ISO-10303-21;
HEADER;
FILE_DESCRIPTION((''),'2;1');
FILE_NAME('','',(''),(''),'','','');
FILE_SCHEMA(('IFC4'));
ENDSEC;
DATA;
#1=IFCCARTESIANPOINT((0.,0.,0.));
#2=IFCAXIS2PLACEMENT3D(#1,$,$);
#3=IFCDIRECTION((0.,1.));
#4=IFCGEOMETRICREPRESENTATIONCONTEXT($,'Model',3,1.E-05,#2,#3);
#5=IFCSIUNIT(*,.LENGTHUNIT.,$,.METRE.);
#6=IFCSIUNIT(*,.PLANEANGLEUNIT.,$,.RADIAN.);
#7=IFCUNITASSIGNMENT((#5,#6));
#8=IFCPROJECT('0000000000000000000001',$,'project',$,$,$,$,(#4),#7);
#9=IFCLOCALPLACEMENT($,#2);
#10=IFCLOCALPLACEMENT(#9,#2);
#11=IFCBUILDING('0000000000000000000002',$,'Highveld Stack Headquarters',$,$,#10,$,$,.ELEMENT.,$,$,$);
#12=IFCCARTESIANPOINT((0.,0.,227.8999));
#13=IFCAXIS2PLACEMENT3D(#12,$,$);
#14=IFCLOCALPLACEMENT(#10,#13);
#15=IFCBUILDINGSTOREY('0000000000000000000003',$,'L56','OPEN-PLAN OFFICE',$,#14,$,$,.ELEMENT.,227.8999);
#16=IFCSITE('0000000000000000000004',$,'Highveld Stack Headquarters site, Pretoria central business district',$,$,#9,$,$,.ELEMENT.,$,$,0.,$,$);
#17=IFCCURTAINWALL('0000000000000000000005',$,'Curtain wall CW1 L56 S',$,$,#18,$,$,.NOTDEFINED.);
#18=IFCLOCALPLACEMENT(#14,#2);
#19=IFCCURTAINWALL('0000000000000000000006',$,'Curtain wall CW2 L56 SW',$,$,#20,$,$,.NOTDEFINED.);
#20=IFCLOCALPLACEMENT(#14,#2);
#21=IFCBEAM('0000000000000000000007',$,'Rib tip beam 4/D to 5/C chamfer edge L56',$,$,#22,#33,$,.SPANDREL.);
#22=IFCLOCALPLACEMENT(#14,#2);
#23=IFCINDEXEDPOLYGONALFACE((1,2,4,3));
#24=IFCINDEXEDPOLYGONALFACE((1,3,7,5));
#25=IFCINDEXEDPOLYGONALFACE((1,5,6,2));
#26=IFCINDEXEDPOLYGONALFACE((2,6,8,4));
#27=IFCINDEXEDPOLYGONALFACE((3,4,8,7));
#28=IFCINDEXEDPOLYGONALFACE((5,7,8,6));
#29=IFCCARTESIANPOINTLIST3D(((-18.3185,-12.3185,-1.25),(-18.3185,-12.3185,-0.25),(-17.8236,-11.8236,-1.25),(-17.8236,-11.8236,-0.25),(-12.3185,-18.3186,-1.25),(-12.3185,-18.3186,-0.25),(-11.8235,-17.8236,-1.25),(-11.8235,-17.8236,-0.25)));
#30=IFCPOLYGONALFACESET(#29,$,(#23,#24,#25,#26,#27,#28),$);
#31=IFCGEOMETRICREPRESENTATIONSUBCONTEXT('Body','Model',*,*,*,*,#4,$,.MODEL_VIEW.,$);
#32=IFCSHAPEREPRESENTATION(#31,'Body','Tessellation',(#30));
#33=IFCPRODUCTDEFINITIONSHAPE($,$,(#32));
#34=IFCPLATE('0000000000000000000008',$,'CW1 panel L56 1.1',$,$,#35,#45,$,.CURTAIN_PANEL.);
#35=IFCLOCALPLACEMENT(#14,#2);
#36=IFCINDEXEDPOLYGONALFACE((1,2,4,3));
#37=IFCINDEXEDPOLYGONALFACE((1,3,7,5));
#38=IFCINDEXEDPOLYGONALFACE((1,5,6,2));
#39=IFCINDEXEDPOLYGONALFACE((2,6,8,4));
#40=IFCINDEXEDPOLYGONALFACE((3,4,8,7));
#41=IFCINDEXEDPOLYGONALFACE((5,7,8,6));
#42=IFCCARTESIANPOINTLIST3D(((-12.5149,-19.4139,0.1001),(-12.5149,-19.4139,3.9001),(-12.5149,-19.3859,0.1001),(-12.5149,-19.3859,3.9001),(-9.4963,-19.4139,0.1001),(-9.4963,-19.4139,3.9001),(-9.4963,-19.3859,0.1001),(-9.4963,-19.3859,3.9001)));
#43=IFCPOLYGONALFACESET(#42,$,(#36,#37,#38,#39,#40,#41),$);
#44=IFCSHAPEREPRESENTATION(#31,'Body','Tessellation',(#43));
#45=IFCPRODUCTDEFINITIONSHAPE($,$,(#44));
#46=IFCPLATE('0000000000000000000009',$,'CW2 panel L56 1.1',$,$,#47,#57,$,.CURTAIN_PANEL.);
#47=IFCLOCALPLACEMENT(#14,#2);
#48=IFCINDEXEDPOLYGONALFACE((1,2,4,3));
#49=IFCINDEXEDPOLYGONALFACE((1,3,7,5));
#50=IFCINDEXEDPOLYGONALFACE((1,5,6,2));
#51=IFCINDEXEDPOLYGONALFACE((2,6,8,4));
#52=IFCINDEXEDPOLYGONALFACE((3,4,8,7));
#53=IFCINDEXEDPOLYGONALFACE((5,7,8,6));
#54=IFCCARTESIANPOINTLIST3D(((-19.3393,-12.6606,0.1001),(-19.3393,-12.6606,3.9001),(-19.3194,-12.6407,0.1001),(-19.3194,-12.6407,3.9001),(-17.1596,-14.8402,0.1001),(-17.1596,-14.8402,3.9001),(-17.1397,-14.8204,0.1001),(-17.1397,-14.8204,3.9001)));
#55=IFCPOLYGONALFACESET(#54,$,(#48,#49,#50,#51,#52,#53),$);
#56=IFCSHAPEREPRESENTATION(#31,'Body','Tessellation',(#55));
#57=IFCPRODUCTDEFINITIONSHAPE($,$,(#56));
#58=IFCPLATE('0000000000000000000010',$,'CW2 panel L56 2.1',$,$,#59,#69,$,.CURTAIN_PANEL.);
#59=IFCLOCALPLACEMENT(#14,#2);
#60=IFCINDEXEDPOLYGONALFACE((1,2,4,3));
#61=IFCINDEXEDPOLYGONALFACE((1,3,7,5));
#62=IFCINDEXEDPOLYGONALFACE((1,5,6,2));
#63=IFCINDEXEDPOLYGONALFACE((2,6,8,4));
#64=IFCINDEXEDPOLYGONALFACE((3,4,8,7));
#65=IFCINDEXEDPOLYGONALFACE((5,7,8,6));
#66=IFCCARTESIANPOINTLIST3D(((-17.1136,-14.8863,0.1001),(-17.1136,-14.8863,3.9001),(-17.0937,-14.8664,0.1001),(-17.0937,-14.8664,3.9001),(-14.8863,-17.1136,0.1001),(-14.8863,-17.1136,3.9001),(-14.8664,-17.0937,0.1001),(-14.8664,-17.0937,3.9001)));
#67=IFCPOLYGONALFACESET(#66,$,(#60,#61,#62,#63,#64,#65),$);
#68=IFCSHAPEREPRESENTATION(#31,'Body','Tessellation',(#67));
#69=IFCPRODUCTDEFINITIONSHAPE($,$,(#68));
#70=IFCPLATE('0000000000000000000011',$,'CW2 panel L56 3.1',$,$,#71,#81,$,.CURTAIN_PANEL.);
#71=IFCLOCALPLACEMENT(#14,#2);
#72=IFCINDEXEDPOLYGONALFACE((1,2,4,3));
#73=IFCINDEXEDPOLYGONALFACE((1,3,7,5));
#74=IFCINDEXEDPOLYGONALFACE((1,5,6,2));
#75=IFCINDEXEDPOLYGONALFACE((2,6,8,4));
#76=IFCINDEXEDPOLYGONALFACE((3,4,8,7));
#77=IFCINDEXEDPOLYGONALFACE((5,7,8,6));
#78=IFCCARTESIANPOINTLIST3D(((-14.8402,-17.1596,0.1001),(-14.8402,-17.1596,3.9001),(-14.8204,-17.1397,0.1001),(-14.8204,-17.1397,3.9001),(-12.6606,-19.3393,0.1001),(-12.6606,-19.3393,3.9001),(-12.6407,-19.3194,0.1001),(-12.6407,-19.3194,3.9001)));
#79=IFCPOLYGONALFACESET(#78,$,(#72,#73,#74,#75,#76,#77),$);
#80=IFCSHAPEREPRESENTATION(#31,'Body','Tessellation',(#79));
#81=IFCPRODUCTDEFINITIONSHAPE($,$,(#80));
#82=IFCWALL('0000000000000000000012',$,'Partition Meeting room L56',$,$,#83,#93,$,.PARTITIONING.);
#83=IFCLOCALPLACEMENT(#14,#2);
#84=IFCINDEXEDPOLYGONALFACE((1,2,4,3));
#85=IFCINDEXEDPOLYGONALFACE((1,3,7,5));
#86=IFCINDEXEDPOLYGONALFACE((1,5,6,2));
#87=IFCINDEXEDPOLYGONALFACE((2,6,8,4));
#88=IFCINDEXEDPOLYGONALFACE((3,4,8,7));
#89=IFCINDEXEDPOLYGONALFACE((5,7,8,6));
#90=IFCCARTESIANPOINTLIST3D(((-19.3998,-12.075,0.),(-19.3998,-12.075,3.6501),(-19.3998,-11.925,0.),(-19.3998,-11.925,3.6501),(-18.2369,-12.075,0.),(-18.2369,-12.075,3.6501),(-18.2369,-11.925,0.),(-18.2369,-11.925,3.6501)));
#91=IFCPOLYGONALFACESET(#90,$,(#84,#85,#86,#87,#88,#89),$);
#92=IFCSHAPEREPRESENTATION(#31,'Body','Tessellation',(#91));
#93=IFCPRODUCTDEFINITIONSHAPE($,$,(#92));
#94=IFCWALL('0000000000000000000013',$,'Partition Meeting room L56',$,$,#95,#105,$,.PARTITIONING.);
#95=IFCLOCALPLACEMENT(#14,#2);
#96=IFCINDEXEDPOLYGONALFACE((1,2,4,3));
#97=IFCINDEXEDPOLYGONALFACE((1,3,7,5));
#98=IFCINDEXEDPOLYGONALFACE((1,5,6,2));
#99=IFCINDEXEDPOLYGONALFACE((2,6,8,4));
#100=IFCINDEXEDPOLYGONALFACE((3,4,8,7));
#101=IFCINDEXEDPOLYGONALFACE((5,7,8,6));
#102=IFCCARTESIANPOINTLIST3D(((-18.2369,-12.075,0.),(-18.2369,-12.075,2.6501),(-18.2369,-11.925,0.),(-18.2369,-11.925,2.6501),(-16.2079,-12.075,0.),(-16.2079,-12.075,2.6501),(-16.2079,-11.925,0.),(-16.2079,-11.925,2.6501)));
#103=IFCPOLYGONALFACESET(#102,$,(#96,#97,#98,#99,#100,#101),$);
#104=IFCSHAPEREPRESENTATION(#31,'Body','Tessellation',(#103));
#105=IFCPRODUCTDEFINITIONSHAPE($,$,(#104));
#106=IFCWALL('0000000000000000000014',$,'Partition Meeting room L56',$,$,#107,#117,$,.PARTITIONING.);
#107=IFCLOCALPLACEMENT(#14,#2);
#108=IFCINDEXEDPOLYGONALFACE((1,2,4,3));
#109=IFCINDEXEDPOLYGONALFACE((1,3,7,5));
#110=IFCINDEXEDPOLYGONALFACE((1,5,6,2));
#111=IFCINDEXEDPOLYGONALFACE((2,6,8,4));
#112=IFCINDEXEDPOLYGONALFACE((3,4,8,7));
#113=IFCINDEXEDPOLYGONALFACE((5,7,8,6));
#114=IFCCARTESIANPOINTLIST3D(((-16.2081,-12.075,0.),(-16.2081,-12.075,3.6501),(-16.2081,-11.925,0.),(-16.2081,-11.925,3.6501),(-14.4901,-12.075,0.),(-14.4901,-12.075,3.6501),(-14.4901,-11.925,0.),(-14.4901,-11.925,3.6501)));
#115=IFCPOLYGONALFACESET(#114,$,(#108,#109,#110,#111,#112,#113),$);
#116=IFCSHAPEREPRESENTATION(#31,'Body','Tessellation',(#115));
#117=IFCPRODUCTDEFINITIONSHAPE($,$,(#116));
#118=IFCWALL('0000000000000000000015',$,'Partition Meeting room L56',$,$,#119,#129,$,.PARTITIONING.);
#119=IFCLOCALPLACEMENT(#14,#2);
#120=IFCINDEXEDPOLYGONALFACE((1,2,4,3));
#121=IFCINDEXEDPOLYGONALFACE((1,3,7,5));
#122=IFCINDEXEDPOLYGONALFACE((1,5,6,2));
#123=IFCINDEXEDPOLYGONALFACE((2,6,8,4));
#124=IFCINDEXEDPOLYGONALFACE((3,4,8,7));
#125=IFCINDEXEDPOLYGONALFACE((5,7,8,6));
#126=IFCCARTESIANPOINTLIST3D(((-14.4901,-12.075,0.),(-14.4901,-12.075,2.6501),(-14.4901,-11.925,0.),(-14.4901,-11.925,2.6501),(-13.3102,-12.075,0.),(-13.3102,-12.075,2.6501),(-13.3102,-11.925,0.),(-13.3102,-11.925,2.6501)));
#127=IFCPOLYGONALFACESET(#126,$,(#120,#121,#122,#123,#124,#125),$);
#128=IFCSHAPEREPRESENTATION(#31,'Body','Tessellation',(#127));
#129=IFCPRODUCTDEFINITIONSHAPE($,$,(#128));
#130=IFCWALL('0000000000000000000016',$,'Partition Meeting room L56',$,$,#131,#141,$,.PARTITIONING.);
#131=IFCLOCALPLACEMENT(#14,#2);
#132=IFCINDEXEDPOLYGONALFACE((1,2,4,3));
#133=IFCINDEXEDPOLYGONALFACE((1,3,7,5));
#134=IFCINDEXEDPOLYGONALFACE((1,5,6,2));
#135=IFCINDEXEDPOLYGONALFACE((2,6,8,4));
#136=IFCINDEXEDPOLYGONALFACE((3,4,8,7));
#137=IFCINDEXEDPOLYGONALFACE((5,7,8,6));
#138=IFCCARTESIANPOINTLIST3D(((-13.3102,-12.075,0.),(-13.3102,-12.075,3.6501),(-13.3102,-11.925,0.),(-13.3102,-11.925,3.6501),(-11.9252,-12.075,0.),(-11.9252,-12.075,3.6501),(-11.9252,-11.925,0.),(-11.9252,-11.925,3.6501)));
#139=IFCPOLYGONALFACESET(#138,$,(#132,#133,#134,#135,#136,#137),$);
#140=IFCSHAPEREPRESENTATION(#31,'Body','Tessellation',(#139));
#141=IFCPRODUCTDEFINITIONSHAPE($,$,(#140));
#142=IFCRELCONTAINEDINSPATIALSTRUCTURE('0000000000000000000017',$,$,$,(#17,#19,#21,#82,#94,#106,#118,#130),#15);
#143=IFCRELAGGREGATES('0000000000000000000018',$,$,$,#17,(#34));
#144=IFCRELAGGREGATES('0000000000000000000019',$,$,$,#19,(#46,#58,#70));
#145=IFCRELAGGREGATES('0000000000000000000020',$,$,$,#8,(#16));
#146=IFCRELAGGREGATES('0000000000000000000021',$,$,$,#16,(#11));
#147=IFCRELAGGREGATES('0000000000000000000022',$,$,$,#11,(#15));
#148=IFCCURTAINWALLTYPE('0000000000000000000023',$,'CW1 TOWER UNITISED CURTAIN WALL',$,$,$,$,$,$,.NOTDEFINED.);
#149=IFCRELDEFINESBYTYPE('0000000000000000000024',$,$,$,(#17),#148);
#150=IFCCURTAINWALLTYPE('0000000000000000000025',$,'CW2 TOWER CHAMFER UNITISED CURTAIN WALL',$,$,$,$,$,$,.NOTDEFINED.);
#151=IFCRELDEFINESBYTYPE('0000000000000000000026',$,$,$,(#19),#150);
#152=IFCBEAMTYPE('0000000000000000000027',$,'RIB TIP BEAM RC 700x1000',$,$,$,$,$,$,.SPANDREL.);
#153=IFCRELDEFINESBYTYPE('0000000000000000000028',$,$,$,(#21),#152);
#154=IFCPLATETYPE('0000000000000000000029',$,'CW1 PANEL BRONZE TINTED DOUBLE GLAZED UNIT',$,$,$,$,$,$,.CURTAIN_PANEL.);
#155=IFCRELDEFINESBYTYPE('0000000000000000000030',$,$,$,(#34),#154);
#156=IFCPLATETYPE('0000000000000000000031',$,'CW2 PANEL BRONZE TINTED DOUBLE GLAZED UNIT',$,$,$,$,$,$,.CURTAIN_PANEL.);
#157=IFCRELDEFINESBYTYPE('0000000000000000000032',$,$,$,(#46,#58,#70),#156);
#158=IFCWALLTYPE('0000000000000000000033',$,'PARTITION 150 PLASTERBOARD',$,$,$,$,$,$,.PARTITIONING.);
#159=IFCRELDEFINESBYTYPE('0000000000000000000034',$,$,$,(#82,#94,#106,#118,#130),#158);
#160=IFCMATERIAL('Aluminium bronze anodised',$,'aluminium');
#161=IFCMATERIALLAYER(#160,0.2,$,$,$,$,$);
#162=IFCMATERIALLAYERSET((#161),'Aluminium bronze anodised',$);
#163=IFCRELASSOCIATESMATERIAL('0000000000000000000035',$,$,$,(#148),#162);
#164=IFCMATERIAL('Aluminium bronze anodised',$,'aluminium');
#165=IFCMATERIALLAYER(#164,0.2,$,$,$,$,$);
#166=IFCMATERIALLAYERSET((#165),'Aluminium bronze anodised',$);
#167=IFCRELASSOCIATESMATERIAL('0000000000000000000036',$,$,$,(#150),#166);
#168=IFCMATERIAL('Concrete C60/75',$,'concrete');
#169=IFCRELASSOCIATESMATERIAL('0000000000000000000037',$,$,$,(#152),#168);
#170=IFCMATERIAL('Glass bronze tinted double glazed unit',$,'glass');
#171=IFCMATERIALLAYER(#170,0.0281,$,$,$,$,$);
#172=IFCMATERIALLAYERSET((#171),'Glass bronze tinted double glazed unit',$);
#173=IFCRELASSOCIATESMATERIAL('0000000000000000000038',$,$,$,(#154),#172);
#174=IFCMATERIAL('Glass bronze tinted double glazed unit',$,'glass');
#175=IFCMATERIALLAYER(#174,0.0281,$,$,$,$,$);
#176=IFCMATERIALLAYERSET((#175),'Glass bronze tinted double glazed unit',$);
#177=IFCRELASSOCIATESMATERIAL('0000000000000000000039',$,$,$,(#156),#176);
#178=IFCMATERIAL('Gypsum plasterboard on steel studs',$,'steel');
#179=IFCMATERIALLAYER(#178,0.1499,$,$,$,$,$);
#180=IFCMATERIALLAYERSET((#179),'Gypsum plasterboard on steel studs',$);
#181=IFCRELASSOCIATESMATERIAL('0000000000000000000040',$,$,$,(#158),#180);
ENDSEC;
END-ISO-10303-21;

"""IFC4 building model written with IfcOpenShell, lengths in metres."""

from ifc_helpers import new_model, si_unit, direction, frame, frame_2d, origin, origin_2d, place, context, subcontext, project, spatial, rectangle, extrude, material, layer, layer_set, material_profile, profile_set, type_object, element, aggregate, save


model = new_model("IFC4")

# Units and contexts
model_context = context("Model", 3, precision=1e-05, world=origin(), true_north=direction((0.0, 1.0)))
body_context = subcontext(model_context, "Body", "Model", "MODEL_VIEW")
ifc_project = project(units=[si_unit("LENGTHUNIT", "METRE"), si_unit("PLANEANGLEUNIT", "RADIAN")], contexts=[model_context])

# Site, building, storey
site_placement = place(None, origin())
site = spatial("IfcSite", under=ifc_project, at=site_placement, Name="Highveld Stack Headquarters site, Pretoria central business district", CompositionType="ELEMENT", RefElevation=0.0)
building_placement = place(site_placement, origin())
building = spatial("IfcBuilding", under=site, at=building_placement, Name="Highveld Stack Headquarters", CompositionType="ELEMENT")
storey_placement = place(building_placement, frame((0.0, 0.0, 227.8999)))
storey = spatial("IfcBuildingStorey", under=building, at=storey_placement, Name="L56", Description="OPEN-PLAN OFFICE", CompositionType="ELEMENT", Elevation=227.8999)

# Curtain wall
ifc_material_1 = material(Name="Aluminium bronze anodised", Category="aluminium")
ifc_layer_1 = layer(ifc_material_1, 0.2)
ifc_layer_set_1 = layer_set([ifc_layer_1], Name="Aluminium bronze anodised")
curtain_wall_type_1 = type_object("IfcCurtainWallType", Name="CW1 TOWER UNITISED CURTAIN WALL", PredefinedType="NOTDEFINED", material=ifc_layer_set_1)
curtain_wall_1_placement = place(storey_placement, origin())
curtain_wall_1 = element("IfcCurtainWall", 1, at=curtain_wall_1_placement, inside=storey, type_object=curtain_wall_type_1, Name="Curtain wall CW1 L56 S", PredefinedType="NOTDEFINED")

# Curtain wall
ifc_material_2 = material(Name="Aluminium bronze anodised", Category="aluminium")
ifc_layer_2 = layer(ifc_material_2, 0.2)
ifc_layer_set_2 = layer_set([ifc_layer_2], Name="Aluminium bronze anodised")
curtain_wall_type_2 = type_object("IfcCurtainWallType", Name="CW2 TOWER CHAMFER UNITISED CURTAIN WALL", PredefinedType="NOTDEFINED", material=ifc_layer_set_2)
curtain_wall_2_placement = place(storey_placement, origin())
curtain_wall_2 = element("IfcCurtainWall", 2, at=curtain_wall_2_placement, inside=storey, type_object=curtain_wall_type_2, Name="Curtain wall CW2 L56 SW", PredefinedType="NOTDEFINED")

# Beam
ifc_material_3 = material(Name="Concrete C60/75", Category="concrete")
ifc_material_profile_1 = material_profile(ifc_material_3, rectangle(XDim=0.7, YDim=1.0, at=origin_2d()), Name="RC 700x1000")
ifc_profile_set_1 = profile_set([ifc_material_profile_1], Name="Concrete C60/75")
beam_type = type_object("IfcBeamType", Name="RIB TIP BEAM RC 700x1000", PredefinedType="SPANDREL", material=ifc_profile_set_1)
beam_1_placement = place(storey_placement, frame((-18.071, -12.071, -0.75), z_axis=(0.707107, -0.707107, 0.0), x_axis=(0.707107, 0.707107, 0.0)))
element("IfcBeam", 3, at=beam_1_placement, inside=storey, type_object=beam_type, Name="Rib tip beam 4/D to 5/C chamfer edge L56", PredefinedType="SPANDREL", context=body_context, shape_type="SweptSolid", body=[
    extrude(rectangle(XDim=0.7, YDim=1.0, at=origin_2d()), origin(), (0.0, 0.0, 1.0), 8.4854),
])

# Plates
ifc_material_4 = material(Name="Glass bronze tinted double glazed unit", Category="glass")
ifc_layer_3 = layer(ifc_material_4, 0.0281)
ifc_layer_set_3 = layer_set([ifc_layer_3], Name="Glass bronze tinted double glazed unit")
plate_type_1 = type_object("IfcPlateType", Name="CW1 PANEL BRONZE TINTED DOUBLE GLAZED UNIT", PredefinedType="CURTAIN_PANEL", material=ifc_layer_set_3)
plate_1_placement = place(storey_placement, frame((-11.0056, -19.3999, 0.1001), z_axis=(0.0, 0.0, 1.0), x_axis=(1.0, 0.0, 0.0)))
plate_1 = element("IfcPlate", 4, at=plate_1_placement, type_object=plate_type_1, Name="CW1 panel L56 1.1", PredefinedType="CURTAIN_PANEL", context=body_context, shape_type="SweptSolid", body=[
    extrude(rectangle(XDim=3.0186, YDim=0.0281, at=origin_2d()), origin(), (0.0, 0.0, 1.0), 3.8),
])
aggregate(curtain_wall_1, [plate_1])
ifc_material_5 = material(Name="Glass bronze tinted double glazed unit", Category="glass")
ifc_layer_4 = layer(ifc_material_5, 0.0281)
ifc_layer_set_4 = layer_set([ifc_layer_4], Name="Glass bronze tinted double glazed unit")
plate_type_2 = type_object("IfcPlateType", Name="CW2 PANEL BRONZE TINTED DOUBLE GLAZED UNIT", PredefinedType="CURTAIN_PANEL", material=ifc_layer_set_4)
plate_2_placement = place(storey_placement, frame((-18.2395, -13.7405, 0.1001), z_axis=(0.0, 0.0, 1.0), x_axis=(0.707107, -0.707107, 0.0)))
plate_2 = element("IfcPlate", 5, at=plate_2_placement, type_object=plate_type_2, Name="CW2 panel L56 1.1", PredefinedType="CURTAIN_PANEL", context=body_context, shape_type="SweptSolid", body=[
    extrude(rectangle(XDim=3.0825, YDim=0.0281, at=origin_2d()), origin(), (0.0, 0.0, 1.0), 3.8),
])
plate_3_placement = place(storey_placement, frame((-15.99, -15.99, 0.1001), z_axis=(0.0, 0.0, 1.0), x_axis=(0.707107, -0.707107, 0.0)))
plate_3 = element("IfcPlate", 6, at=plate_3_placement, type_object=plate_type_2, Name="CW2 panel L56 2.1", PredefinedType="CURTAIN_PANEL", context=body_context, shape_type="SweptSolid", body=[
    extrude(rectangle(XDim=3.1499, YDim=0.0281, at=origin_2d()), origin(), (0.0, 0.0, 1.0), 3.8),
])
plate_4_placement = place(storey_placement, frame((-13.7405, -18.2395, 0.1001), z_axis=(0.0, 0.0, 1.0), x_axis=(0.707107, -0.707107, 0.0)))
plate_4 = element("IfcPlate", 7, at=plate_4_placement, type_object=plate_type_2, Name="CW2 panel L56 3.1", PredefinedType="CURTAIN_PANEL", context=body_context, shape_type="SweptSolid", body=[
    extrude(rectangle(XDim=3.0825, YDim=0.0281, at=origin_2d()), origin(), (0.0, 0.0, 1.0), 3.8),
])
aggregate(curtain_wall_2, [plate_2, plate_3, plate_4])

# Walls
ifc_material_6 = material(Name="Gypsum plasterboard on steel studs", Category="steel")
ifc_layer_5 = layer(ifc_material_6, 0.1499)
ifc_layer_set_5 = layer_set([ifc_layer_5], Name="Gypsum plasterboard on steel studs")
wall_type = type_object("IfcWallType", Name="PARTITION 150 PLASTERBOARD", PredefinedType="PARTITIONING", material=ifc_layer_set_5)
wall_1_placement = place(storey_placement, frame((-19.3999, -12.0, 0.0), z_axis=(0.0, 0.0, 1.0), x_axis=(1.0, 0.0, 0.0)))
element("IfcWall", 8, at=wall_1_placement, inside=storey, type_object=wall_type, Name="Partition Meeting room L56", PredefinedType="PARTITIONING", context=body_context, shape_type="SweptSolid", body=[
    extrude(rectangle(XDim=1.1628, YDim=0.1499, at=frame_2d((0.5815, 0.0))), origin(), (0.0, 0.0, 1.0), 3.6501),
])
wall_2_placement = place(storey_placement, frame((-18.2371, -12.0, 0.0), z_axis=(0.0, 0.0, 1.0), x_axis=(1.0, 0.0, 0.0)))
element("IfcWall", 9, at=wall_2_placement, inside=storey, type_object=wall_type, Name="Partition Meeting room L56", PredefinedType="PARTITIONING", context=body_context, shape_type="SweptSolid", body=[
    extrude(rectangle(XDim=2.0291, YDim=0.1499, at=frame_2d((1.0146, 0.0))), origin(), (0.0, 0.0, 1.0), 2.6501),
])
wall_3_placement = place(storey_placement, frame((-16.208, -12.0, 0.0), z_axis=(0.0, 0.0, 1.0), x_axis=(1.0, 0.0, 0.0)))
element("IfcWall", 10, at=wall_3_placement, inside=storey, type_object=wall_type, Name="Partition Meeting room L56", PredefinedType="PARTITIONING", context=body_context, shape_type="SweptSolid", body=[
    extrude(rectangle(XDim=1.718, YDim=0.1499, at=frame_2d((0.8589, 0.0))), origin(), (0.0, 0.0, 1.0), 3.6501),
])
wall_4_placement = place(storey_placement, frame((-14.49, -12.0, 0.0), z_axis=(0.0, 0.0, 1.0), x_axis=(1.0, 0.0, 0.0)))
element("IfcWall", 11, at=wall_4_placement, inside=storey, type_object=wall_type, Name="Partition Meeting room L56", PredefinedType="PARTITIONING", context=body_context, shape_type="SweptSolid", body=[
    extrude(rectangle(XDim=1.1799, YDim=0.1499, at=frame_2d((0.5898, 0.0))), origin(), (0.0, 0.0, 1.0), 2.6501),
])
wall_5_placement = place(storey_placement, frame((-13.3101, -12.0, 0.0), z_axis=(0.0, 0.0, 1.0), x_axis=(1.0, 0.0, 0.0)))
element("IfcWall", 12, at=wall_5_placement, inside=storey, type_object=wall_type, Name="Partition Meeting room L56", PredefinedType="PARTITIONING", context=body_context, shape_type="SweptSolid", body=[
    extrude(rectangle(XDim=1.385, YDim=0.1499, at=frame_2d((0.6924, 0.0))), origin(), (0.0, 0.0, 1.0), 3.6501),
])

save(model, "model.ifc")
